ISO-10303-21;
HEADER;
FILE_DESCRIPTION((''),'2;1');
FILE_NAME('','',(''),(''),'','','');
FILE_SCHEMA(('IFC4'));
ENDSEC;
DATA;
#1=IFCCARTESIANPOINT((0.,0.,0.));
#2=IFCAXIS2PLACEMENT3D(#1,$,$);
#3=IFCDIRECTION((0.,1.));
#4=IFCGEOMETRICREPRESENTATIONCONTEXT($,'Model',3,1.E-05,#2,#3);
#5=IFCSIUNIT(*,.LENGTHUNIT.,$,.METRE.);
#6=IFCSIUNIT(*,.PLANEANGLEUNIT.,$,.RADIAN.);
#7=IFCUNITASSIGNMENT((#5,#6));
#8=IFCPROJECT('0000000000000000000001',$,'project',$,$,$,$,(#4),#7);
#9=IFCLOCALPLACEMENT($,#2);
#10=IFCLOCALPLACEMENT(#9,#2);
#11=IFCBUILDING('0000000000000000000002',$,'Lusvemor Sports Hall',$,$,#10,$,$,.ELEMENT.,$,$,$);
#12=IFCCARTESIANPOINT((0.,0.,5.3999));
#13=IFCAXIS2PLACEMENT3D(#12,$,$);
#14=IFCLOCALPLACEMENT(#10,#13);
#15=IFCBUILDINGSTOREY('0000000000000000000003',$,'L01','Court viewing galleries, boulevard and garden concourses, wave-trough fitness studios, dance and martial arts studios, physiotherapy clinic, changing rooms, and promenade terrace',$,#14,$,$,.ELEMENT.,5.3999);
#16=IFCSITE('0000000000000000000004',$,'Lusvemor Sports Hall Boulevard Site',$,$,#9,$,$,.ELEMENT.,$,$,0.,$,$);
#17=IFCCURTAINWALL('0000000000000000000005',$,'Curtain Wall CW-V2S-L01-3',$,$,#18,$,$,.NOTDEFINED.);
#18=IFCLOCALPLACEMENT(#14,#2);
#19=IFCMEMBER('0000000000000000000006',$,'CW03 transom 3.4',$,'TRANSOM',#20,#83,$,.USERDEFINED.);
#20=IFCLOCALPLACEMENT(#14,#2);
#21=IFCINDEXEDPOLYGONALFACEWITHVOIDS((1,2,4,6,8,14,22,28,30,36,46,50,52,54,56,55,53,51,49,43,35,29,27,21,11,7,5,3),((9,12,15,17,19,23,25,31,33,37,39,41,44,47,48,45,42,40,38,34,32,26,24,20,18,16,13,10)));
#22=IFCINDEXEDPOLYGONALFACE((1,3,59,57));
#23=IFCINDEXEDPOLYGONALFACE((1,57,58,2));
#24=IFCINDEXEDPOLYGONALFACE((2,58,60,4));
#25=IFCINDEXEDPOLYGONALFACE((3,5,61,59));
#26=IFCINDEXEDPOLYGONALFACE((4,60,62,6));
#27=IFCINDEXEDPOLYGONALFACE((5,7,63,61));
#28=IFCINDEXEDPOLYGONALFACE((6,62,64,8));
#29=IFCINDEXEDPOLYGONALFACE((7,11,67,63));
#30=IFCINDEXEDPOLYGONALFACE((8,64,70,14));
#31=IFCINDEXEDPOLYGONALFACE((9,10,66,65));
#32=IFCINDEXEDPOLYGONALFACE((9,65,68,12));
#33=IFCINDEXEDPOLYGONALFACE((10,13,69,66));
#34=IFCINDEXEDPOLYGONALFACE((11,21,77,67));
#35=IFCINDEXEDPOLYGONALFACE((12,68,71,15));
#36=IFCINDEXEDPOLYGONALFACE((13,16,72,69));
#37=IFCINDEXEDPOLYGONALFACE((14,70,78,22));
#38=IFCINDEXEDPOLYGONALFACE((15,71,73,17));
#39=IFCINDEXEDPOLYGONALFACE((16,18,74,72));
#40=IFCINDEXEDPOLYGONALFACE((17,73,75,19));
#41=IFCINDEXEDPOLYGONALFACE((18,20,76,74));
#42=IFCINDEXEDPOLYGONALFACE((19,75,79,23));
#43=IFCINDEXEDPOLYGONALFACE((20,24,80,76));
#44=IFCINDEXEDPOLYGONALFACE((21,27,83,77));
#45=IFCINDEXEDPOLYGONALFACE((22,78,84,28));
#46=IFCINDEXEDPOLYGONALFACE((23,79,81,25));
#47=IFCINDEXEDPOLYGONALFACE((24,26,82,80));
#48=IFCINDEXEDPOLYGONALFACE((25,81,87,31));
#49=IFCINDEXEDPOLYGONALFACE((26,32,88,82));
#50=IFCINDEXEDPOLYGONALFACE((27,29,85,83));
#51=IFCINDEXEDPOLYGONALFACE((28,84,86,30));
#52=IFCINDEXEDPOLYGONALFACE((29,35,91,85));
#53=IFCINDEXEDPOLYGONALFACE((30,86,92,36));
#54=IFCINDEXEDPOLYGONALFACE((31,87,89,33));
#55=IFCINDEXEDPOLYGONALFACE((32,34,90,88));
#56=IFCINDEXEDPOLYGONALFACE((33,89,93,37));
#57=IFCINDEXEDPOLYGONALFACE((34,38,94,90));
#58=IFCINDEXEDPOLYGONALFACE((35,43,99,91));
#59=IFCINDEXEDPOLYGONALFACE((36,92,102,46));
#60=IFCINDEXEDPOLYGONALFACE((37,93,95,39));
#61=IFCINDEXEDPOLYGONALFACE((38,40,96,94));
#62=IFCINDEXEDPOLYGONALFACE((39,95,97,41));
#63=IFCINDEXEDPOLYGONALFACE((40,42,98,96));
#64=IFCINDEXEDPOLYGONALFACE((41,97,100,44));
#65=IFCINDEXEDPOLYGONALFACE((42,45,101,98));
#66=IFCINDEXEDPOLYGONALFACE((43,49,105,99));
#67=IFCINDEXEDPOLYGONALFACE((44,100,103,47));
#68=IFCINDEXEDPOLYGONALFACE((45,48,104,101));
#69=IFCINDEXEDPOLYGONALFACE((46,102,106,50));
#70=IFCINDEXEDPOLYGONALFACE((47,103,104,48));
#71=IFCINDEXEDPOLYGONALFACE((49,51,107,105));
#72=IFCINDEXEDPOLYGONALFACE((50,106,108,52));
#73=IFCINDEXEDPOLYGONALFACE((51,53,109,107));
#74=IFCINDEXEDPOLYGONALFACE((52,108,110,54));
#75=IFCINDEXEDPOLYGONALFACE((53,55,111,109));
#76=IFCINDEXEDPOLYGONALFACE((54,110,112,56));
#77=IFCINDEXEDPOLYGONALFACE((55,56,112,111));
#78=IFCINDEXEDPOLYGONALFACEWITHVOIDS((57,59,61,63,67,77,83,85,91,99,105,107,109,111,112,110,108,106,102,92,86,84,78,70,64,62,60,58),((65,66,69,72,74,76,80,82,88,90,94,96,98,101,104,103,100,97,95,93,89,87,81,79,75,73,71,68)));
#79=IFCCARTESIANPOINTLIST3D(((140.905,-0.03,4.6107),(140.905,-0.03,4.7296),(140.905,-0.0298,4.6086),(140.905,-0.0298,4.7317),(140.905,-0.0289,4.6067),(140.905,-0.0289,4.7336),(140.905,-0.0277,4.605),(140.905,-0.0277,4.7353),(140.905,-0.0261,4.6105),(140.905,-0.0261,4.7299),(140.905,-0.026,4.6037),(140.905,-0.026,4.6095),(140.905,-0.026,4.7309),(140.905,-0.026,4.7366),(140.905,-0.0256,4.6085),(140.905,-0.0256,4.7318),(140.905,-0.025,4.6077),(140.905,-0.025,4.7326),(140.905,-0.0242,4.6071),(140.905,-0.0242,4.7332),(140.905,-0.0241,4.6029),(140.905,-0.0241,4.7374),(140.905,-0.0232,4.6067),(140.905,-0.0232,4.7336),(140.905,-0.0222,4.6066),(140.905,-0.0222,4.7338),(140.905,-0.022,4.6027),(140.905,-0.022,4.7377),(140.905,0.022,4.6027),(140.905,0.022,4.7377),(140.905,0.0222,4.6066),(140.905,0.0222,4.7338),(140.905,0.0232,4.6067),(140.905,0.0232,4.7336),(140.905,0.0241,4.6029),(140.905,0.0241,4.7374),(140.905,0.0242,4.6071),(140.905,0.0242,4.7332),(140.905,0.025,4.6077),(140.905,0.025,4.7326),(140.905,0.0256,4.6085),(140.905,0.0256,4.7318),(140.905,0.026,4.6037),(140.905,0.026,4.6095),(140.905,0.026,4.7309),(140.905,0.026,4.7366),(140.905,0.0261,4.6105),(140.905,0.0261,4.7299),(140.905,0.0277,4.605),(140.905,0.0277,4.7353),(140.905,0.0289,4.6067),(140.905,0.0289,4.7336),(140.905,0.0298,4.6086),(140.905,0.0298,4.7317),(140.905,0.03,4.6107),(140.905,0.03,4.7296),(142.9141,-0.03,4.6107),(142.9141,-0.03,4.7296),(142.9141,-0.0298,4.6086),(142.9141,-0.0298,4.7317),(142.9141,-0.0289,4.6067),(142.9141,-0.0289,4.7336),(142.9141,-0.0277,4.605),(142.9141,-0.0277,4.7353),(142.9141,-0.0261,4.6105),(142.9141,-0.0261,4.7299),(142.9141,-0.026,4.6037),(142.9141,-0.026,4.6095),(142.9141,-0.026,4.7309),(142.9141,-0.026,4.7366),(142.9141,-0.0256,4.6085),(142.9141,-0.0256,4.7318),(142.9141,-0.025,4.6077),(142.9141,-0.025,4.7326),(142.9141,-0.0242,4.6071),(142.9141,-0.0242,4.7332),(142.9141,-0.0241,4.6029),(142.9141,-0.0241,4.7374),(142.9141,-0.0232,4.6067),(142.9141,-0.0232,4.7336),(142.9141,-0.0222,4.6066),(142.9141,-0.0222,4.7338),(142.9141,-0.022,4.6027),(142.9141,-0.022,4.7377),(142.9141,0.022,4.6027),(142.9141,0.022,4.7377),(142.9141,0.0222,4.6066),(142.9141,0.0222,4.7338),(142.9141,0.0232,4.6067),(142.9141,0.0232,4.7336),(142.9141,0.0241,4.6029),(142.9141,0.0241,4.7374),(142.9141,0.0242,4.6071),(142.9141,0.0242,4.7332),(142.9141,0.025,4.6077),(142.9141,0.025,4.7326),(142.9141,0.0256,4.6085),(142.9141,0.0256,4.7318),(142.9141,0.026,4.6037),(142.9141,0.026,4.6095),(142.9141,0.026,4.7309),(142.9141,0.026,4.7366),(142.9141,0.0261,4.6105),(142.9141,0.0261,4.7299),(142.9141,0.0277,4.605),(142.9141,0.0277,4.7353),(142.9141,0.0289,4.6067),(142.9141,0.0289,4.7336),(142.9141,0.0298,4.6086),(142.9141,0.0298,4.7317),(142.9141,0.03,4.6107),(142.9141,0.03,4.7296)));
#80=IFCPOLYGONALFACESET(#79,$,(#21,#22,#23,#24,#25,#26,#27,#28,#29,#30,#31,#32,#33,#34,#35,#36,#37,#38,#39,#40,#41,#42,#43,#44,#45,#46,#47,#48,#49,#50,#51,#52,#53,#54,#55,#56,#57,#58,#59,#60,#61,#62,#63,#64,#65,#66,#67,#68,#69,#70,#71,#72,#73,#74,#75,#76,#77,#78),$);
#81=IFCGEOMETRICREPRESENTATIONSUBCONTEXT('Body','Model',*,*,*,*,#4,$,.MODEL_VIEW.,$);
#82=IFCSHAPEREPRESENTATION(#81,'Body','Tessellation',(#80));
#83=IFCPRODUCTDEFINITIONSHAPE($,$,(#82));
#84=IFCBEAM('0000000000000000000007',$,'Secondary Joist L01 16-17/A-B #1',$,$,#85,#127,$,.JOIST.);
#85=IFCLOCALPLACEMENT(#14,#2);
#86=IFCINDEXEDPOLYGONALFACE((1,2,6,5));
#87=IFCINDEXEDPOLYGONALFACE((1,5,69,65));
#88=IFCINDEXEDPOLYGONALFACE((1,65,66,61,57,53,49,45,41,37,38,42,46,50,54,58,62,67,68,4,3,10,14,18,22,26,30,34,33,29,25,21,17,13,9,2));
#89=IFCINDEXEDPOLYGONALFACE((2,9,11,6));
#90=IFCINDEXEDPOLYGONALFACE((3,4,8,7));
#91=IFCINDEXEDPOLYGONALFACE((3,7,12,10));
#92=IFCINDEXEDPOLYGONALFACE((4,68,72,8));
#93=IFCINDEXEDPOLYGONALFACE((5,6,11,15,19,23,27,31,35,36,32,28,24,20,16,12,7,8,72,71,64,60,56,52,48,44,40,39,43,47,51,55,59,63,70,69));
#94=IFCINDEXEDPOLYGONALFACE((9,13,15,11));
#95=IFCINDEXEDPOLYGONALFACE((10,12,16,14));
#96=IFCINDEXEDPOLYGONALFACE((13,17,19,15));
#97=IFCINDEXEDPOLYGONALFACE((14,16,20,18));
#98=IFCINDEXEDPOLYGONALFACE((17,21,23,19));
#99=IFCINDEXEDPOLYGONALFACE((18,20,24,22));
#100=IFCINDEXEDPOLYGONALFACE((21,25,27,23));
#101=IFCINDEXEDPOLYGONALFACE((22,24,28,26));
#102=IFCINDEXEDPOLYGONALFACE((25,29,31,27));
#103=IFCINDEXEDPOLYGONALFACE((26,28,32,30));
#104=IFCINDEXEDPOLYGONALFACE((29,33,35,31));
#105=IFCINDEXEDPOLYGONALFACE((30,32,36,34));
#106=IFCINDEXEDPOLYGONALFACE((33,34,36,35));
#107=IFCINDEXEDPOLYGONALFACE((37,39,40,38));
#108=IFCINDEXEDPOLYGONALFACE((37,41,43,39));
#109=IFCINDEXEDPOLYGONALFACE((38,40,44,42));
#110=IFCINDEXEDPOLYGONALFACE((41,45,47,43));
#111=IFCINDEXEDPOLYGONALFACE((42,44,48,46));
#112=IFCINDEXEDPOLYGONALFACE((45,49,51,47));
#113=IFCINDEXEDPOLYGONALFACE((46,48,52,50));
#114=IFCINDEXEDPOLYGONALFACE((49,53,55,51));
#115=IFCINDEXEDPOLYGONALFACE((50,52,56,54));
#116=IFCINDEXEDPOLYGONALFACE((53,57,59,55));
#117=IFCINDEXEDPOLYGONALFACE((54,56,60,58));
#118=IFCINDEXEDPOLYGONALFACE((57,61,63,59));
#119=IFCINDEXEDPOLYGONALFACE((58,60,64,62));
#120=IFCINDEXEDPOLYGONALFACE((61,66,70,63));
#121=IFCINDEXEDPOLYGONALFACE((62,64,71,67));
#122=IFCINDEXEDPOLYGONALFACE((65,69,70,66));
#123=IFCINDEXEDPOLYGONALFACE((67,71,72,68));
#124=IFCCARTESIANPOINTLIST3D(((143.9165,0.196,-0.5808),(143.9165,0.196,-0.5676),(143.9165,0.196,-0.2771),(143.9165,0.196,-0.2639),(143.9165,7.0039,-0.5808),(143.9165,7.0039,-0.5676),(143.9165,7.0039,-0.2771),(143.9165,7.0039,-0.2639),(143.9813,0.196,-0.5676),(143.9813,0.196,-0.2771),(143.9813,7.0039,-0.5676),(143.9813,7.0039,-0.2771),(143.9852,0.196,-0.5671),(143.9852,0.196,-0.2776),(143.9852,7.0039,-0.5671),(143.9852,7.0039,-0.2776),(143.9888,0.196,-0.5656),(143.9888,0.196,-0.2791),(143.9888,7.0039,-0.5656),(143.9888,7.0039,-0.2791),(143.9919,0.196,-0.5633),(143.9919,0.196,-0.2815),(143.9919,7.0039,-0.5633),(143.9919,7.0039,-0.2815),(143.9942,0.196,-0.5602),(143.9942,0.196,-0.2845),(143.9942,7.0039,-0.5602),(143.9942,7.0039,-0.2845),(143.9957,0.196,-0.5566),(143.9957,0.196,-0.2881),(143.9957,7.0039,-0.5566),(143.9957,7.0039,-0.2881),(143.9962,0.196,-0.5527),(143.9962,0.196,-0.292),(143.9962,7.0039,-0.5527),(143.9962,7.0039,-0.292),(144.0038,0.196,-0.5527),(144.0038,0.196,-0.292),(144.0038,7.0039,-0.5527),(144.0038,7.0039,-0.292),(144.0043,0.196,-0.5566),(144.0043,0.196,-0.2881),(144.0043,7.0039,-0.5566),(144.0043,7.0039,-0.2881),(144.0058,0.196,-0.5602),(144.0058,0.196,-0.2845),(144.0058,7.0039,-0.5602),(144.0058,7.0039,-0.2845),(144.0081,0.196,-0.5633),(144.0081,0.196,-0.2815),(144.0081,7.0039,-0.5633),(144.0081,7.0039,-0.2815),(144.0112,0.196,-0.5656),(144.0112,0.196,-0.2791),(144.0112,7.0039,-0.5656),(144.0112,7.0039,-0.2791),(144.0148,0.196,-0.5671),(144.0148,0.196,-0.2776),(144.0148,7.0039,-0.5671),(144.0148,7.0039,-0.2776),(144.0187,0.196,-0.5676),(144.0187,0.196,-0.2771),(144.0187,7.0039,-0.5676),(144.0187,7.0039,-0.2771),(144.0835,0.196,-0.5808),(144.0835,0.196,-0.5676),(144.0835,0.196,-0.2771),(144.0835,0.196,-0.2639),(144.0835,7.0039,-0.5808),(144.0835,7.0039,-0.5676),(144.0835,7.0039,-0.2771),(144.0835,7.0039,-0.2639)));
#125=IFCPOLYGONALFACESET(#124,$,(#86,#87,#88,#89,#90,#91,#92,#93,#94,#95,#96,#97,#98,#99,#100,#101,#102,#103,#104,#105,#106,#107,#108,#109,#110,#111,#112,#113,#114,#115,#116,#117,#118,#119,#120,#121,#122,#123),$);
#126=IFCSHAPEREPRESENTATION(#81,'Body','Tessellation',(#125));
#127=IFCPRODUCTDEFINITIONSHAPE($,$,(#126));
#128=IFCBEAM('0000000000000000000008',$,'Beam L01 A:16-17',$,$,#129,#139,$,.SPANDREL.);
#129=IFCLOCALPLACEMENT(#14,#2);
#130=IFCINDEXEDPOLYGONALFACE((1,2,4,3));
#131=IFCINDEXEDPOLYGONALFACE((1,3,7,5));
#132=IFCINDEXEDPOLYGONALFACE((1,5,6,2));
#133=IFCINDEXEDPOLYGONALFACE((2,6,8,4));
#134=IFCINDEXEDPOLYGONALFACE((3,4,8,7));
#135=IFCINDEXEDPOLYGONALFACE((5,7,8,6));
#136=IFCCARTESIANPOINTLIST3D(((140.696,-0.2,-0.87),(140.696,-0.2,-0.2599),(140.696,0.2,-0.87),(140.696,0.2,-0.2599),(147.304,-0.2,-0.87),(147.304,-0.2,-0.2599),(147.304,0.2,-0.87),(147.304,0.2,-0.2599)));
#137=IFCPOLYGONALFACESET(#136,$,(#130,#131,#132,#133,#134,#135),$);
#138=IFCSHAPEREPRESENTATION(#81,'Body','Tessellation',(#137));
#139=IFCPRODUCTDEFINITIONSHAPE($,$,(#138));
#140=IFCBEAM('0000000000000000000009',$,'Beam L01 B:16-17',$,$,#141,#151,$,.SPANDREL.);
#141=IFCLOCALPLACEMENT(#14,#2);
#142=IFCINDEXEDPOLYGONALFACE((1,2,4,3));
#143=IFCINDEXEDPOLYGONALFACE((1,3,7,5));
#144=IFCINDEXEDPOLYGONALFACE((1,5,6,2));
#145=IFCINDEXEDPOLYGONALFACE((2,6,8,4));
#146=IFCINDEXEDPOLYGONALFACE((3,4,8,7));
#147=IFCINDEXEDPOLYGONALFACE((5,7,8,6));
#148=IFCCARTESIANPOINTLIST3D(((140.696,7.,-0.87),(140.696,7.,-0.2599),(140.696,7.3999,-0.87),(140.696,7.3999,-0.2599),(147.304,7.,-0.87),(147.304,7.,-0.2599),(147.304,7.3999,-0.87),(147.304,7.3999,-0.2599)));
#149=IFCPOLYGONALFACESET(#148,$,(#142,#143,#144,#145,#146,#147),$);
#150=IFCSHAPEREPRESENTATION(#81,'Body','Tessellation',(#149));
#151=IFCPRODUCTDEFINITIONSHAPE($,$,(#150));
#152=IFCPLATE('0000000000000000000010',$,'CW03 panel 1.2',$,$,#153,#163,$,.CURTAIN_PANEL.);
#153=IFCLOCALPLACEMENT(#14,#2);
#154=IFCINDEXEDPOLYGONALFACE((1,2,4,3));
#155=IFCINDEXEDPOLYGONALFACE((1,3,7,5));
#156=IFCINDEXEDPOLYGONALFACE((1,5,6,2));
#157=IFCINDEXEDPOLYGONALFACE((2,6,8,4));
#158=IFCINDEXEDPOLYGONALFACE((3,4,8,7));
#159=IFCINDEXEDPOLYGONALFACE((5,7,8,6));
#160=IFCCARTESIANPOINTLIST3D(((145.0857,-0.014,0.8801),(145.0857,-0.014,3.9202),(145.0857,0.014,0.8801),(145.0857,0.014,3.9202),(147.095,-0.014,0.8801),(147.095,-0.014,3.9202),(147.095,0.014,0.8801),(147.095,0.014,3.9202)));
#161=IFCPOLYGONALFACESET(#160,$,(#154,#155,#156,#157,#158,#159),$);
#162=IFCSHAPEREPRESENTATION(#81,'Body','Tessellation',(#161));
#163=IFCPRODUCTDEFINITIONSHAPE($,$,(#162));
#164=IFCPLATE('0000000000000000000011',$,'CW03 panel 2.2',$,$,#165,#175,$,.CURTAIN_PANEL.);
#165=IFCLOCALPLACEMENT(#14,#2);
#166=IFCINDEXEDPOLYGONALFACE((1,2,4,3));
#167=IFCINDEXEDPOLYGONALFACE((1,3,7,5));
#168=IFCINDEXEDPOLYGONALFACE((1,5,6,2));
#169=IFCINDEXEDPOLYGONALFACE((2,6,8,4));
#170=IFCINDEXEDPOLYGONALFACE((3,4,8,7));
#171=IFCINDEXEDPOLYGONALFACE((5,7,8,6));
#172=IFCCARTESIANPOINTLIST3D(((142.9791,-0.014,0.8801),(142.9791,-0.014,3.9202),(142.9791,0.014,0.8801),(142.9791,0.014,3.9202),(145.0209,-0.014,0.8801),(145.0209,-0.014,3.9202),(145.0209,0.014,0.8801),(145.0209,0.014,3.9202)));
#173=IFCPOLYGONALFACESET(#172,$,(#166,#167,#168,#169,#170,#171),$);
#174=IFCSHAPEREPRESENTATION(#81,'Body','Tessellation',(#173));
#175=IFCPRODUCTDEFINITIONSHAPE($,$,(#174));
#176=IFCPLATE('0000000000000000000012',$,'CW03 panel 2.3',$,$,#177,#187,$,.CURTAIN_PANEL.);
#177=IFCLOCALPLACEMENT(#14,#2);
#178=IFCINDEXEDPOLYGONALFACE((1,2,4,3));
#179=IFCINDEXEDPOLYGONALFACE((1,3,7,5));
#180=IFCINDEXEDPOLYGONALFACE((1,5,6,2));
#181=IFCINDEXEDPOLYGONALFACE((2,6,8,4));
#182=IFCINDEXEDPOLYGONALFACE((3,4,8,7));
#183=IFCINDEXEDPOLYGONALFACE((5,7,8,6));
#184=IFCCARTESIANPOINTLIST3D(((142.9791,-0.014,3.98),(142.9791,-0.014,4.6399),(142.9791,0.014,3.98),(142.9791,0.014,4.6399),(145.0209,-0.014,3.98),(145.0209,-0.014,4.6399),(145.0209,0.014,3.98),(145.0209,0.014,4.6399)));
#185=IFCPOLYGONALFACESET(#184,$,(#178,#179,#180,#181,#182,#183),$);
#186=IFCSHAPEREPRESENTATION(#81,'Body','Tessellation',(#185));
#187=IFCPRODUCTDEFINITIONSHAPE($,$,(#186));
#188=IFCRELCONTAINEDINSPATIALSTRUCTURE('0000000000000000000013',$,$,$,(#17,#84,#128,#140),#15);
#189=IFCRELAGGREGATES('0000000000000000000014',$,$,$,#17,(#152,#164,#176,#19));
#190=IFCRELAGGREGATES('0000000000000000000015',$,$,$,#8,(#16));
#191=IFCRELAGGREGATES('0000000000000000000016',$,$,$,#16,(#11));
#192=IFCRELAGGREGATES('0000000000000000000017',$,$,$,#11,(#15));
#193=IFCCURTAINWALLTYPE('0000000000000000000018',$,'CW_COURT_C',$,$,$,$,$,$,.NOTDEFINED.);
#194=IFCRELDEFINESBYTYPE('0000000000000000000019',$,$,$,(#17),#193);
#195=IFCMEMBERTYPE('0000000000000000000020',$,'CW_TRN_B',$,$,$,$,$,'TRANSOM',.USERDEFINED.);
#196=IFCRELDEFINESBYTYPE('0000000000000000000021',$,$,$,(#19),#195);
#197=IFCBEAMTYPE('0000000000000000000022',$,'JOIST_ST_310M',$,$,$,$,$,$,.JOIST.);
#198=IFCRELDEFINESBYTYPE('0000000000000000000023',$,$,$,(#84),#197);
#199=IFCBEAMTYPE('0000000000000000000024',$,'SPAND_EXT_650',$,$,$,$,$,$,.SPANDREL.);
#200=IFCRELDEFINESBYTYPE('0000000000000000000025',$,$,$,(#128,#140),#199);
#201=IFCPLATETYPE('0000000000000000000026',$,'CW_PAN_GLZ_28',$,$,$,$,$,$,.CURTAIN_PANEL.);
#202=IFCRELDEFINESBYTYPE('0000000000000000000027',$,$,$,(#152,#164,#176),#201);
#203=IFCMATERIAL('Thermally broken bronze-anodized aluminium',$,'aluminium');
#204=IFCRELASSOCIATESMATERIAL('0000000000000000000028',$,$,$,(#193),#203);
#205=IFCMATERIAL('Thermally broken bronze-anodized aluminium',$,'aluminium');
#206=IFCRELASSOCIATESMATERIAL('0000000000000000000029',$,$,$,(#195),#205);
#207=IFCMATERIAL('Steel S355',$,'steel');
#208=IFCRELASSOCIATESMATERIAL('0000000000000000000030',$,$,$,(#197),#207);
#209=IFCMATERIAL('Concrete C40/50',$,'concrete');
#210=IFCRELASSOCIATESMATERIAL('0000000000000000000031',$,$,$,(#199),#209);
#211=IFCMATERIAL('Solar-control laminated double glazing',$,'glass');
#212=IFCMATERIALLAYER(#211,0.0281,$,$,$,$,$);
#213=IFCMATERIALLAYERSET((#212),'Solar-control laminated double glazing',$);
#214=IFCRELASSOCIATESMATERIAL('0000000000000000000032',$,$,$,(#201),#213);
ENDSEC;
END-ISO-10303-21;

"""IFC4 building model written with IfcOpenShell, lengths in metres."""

from ifc_helpers import new_model, si_unit, direction, frame, origin, origin_2d, place, context, subcontext, project, spatial, rectangle, hollow_rectangle, i_section, extrude, material, layer, layer_set, material_profile, profile_set, type_object, element, aggregate, save


model = new_model("IFC4")

# Units and contexts
model_context = context("Model", 3, precision=1e-05, world=origin(), true_north=direction((0.0, 1.0)))
body_context = subcontext(model_context, "Body", "Model", "MODEL_VIEW")
ifc_project = project(units=[si_unit("LENGTHUNIT", "METRE"), si_unit("PLANEANGLEUNIT", "RADIAN")], contexts=[model_context])

# Site, building, storey
site_placement = place(None, origin())
site = spatial("IfcSite", under=ifc_project, at=site_placement, Name="Lusvemor Sports Hall Boulevard Site", CompositionType="ELEMENT", RefElevation=0.0)
building_placement = place(site_placement, origin())
building = spatial("IfcBuilding", under=site, at=building_placement, Name="Lusvemor Sports Hall", CompositionType="ELEMENT")
storey_placement = place(building_placement, frame((0.0, 0.0, 5.3999)))
storey = spatial("IfcBuildingStorey", under=building, at=storey_placement, Name="L01", Description="Court viewing galleries, boulevard and garden concourses, wave-trough fitness studios, dance and martial arts studios, physiotherapy clinic, changing rooms, and promenade terrace", CompositionType="ELEMENT", Elevation=5.3999)

# Shared definitions
ifc_material_1 = material(Name="Thermally broken bronze-anodized aluminium", Category="aluminium")
curtain_wall_type = type_object("IfcCurtainWallType", Name="CW_COURT_C", PredefinedType="NOTDEFINED", material=ifc_material_1)

# Curtain wall
curtain_wall_1_placement = place(storey_placement, origin())
curtain_wall_1 = element("IfcCurtainWall", 1, at=curtain_wall_1_placement, inside=storey, type_object=curtain_wall_type, Name="Curtain Wall CW-V2S-L01-3", PredefinedType="NOTDEFINED")

# Member
ifc_material_2 = material(Name="Thermally broken bronze-anodized aluminium", Category="aluminium")
ifc_material_profile_1 = material_profile(ifc_material_2, hollow_rectangle(XDim=0.0601, YDim=0.135, WallThickness=0.0039, InnerFilletRadius=0.0039, OuterFilletRadius=0.0081, at=origin_2d()), Name="CWTRN135x60x4")
ifc_profile_set_1 = profile_set([ifc_material_profile_1], Name="Thermally broken bronze-anodized aluminium")
member_type_1 = type_object("IfcMemberType", Name="CW_TRN_B", ElementType="TRANSOM", PredefinedType="USERDEFINED", material=ifc_profile_set_1)
member_1_placement = place(storey_placement, frame((142.9141, 0.0, 4.6702), z_axis=(-1.0, 0.0, 0.0), x_axis=(0.0, -1.0, 0.0)))
member_1 = element("IfcMember", 2, at=member_1_placement, type_object=member_type_1, Name="CW03 transom 3.4", ObjectType="TRANSOM", PredefinedType="USERDEFINED", context=body_context, shape_type="SweptSolid", body=[
    extrude(hollow_rectangle(XDim=0.0601, YDim=0.135, WallThickness=0.0039, InnerFilletRadius=0.0039, OuterFilletRadius=0.0081, at=origin_2d()), origin(), (0.0, 0.0, 1.0), 2.009),
])

# Beams
ifc_material_3 = material(Name="Steel S355", Category="steel")
ifc_material_profile_2 = material_profile(ifc_material_3, i_section(OverallWidth=0.167, OverallDepth=0.3169, WebThickness=0.0076, FlangeThickness=0.0132, FilletRadius=0.0149, at=origin_2d()), Name="W310x52.0")
ifc_profile_set_2 = profile_set([ifc_material_profile_2], Name="Steel S355")
beam_type_1 = type_object("IfcBeamType", Name="JOIST_ST_310M", PredefinedType="JOIST", material=ifc_profile_set_2)
beam_1_placement = place(storey_placement, frame((144.0, 0.196, -0.4224), z_axis=(0.0, 1.0, 0.0), x_axis=(-1.0, 0.0, 0.0)))
element("IfcBeam", 3, at=beam_1_placement, inside=storey, type_object=beam_type_1, Name="Secondary Joist L01 16-17/A-B #1", PredefinedType="JOIST", context=body_context, shape_type="SweptSolid", body=[
    extrude(i_section(OverallWidth=0.167, OverallDepth=0.3169, WebThickness=0.0076, FlangeThickness=0.0132, FilletRadius=0.0149, at=origin_2d()), origin(), (0.0, 0.0, 1.0), 6.8079),
])
ifc_material_4 = material(Name="Concrete C40/50", Category="concrete")
ifc_material_profile_3 = material_profile(ifc_material_4, rectangle(XDim=0.3999, YDim=0.6101, at=origin_2d()), Name="RC400x610")
ifc_profile_set_3 = profile_set([ifc_material_profile_3], Name="Concrete C40/50")
beam_type_2 = type_object("IfcBeamType", Name="SPAND_EXT_650", PredefinedType="SPANDREL", material=ifc_profile_set_3)
for number, where, z_axis, x_axis, name in (
    (4, (140.696, 0.0, -0.5649), (1.0, 0.0, 0.0), (0.0, 1.0, 0.0), "Beam L01 A:16-17"),
    (5, (140.696, 7.2, -0.5649), (1.0, 0.0, 0.0), (0.0, 1.0, 0.0), "Beam L01 B:16-17"),
):
    element("IfcBeam", number, at=place(storey_placement, frame(where, z_axis=z_axis, x_axis=x_axis)), inside=storey, type_object=beam_type_2, Name=name, PredefinedType="SPANDREL", context=body_context, shape_type="SweptSolid", body=[
        extrude(rectangle(XDim=0.3999, YDim=0.6101, at=origin_2d()), origin(), (0.0, 0.0, 1.0), 6.6079),
    ])

# Plates
ifc_material_5 = material(Name="Solar-control laminated double glazing", Category="glass")
ifc_layer_1 = layer(ifc_material_5, 0.0281)
ifc_layer_set_1 = layer_set([ifc_layer_1], Name="Solar-control laminated double glazing")
plate_type_1 = type_object("IfcPlateType", Name="CW_PAN_GLZ_28", PredefinedType="CURTAIN_PANEL", material=ifc_layer_set_1)
plate_1_placement = place(storey_placement, frame((146.0903, 0.0, 0.8801), z_axis=(0.0, 0.0, 1.0), x_axis=(-1.0, 0.0, 0.0)))
plate_1 = element("IfcPlate", 6, at=plate_1_placement, type_object=plate_type_1, Name="CW03 panel 1.2", PredefinedType="CURTAIN_PANEL", context=body_context, shape_type="SweptSolid", body=[
    extrude(rectangle(XDim=2.0093, YDim=0.0281, at=origin_2d()), origin(), (0.0, 0.0, 1.0), 3.04),
])
plate_2_placement = place(storey_placement, frame((144.0, 0.0, 0.8801), z_axis=(0.0, 0.0, 1.0), x_axis=(-1.0, 0.0, 0.0)))
plate_2 = element("IfcPlate", 7, at=plate_2_placement, type_object=plate_type_1, Name="CW03 panel 2.2", PredefinedType="CURTAIN_PANEL", context=body_context, shape_type="SweptSolid", body=[
    extrude(rectangle(XDim=2.0417, YDim=0.0281, at=origin_2d()), origin(), (0.0, 0.0, 1.0), 3.04),
])
plate_3_placement = place(storey_placement, frame((144.0, 0.0, 3.98), z_axis=(0.0, 0.0, 1.0), x_axis=(-1.0, 0.0, 0.0)))
plate_3 = element("IfcPlate", 8, at=plate_3_placement, type_object=plate_type_1, Name="CW03 panel 2.3", PredefinedType="CURTAIN_PANEL", context=body_context, shape_type="SweptSolid", body=[
    extrude(rectangle(XDim=2.0417, YDim=0.0281, at=origin_2d()), origin(), (0.0, 0.0, 1.0), 0.6599),
])
aggregate(curtain_wall_1, [plate_1, plate_2, plate_3, member_1])

save(model, "model.ifc")
